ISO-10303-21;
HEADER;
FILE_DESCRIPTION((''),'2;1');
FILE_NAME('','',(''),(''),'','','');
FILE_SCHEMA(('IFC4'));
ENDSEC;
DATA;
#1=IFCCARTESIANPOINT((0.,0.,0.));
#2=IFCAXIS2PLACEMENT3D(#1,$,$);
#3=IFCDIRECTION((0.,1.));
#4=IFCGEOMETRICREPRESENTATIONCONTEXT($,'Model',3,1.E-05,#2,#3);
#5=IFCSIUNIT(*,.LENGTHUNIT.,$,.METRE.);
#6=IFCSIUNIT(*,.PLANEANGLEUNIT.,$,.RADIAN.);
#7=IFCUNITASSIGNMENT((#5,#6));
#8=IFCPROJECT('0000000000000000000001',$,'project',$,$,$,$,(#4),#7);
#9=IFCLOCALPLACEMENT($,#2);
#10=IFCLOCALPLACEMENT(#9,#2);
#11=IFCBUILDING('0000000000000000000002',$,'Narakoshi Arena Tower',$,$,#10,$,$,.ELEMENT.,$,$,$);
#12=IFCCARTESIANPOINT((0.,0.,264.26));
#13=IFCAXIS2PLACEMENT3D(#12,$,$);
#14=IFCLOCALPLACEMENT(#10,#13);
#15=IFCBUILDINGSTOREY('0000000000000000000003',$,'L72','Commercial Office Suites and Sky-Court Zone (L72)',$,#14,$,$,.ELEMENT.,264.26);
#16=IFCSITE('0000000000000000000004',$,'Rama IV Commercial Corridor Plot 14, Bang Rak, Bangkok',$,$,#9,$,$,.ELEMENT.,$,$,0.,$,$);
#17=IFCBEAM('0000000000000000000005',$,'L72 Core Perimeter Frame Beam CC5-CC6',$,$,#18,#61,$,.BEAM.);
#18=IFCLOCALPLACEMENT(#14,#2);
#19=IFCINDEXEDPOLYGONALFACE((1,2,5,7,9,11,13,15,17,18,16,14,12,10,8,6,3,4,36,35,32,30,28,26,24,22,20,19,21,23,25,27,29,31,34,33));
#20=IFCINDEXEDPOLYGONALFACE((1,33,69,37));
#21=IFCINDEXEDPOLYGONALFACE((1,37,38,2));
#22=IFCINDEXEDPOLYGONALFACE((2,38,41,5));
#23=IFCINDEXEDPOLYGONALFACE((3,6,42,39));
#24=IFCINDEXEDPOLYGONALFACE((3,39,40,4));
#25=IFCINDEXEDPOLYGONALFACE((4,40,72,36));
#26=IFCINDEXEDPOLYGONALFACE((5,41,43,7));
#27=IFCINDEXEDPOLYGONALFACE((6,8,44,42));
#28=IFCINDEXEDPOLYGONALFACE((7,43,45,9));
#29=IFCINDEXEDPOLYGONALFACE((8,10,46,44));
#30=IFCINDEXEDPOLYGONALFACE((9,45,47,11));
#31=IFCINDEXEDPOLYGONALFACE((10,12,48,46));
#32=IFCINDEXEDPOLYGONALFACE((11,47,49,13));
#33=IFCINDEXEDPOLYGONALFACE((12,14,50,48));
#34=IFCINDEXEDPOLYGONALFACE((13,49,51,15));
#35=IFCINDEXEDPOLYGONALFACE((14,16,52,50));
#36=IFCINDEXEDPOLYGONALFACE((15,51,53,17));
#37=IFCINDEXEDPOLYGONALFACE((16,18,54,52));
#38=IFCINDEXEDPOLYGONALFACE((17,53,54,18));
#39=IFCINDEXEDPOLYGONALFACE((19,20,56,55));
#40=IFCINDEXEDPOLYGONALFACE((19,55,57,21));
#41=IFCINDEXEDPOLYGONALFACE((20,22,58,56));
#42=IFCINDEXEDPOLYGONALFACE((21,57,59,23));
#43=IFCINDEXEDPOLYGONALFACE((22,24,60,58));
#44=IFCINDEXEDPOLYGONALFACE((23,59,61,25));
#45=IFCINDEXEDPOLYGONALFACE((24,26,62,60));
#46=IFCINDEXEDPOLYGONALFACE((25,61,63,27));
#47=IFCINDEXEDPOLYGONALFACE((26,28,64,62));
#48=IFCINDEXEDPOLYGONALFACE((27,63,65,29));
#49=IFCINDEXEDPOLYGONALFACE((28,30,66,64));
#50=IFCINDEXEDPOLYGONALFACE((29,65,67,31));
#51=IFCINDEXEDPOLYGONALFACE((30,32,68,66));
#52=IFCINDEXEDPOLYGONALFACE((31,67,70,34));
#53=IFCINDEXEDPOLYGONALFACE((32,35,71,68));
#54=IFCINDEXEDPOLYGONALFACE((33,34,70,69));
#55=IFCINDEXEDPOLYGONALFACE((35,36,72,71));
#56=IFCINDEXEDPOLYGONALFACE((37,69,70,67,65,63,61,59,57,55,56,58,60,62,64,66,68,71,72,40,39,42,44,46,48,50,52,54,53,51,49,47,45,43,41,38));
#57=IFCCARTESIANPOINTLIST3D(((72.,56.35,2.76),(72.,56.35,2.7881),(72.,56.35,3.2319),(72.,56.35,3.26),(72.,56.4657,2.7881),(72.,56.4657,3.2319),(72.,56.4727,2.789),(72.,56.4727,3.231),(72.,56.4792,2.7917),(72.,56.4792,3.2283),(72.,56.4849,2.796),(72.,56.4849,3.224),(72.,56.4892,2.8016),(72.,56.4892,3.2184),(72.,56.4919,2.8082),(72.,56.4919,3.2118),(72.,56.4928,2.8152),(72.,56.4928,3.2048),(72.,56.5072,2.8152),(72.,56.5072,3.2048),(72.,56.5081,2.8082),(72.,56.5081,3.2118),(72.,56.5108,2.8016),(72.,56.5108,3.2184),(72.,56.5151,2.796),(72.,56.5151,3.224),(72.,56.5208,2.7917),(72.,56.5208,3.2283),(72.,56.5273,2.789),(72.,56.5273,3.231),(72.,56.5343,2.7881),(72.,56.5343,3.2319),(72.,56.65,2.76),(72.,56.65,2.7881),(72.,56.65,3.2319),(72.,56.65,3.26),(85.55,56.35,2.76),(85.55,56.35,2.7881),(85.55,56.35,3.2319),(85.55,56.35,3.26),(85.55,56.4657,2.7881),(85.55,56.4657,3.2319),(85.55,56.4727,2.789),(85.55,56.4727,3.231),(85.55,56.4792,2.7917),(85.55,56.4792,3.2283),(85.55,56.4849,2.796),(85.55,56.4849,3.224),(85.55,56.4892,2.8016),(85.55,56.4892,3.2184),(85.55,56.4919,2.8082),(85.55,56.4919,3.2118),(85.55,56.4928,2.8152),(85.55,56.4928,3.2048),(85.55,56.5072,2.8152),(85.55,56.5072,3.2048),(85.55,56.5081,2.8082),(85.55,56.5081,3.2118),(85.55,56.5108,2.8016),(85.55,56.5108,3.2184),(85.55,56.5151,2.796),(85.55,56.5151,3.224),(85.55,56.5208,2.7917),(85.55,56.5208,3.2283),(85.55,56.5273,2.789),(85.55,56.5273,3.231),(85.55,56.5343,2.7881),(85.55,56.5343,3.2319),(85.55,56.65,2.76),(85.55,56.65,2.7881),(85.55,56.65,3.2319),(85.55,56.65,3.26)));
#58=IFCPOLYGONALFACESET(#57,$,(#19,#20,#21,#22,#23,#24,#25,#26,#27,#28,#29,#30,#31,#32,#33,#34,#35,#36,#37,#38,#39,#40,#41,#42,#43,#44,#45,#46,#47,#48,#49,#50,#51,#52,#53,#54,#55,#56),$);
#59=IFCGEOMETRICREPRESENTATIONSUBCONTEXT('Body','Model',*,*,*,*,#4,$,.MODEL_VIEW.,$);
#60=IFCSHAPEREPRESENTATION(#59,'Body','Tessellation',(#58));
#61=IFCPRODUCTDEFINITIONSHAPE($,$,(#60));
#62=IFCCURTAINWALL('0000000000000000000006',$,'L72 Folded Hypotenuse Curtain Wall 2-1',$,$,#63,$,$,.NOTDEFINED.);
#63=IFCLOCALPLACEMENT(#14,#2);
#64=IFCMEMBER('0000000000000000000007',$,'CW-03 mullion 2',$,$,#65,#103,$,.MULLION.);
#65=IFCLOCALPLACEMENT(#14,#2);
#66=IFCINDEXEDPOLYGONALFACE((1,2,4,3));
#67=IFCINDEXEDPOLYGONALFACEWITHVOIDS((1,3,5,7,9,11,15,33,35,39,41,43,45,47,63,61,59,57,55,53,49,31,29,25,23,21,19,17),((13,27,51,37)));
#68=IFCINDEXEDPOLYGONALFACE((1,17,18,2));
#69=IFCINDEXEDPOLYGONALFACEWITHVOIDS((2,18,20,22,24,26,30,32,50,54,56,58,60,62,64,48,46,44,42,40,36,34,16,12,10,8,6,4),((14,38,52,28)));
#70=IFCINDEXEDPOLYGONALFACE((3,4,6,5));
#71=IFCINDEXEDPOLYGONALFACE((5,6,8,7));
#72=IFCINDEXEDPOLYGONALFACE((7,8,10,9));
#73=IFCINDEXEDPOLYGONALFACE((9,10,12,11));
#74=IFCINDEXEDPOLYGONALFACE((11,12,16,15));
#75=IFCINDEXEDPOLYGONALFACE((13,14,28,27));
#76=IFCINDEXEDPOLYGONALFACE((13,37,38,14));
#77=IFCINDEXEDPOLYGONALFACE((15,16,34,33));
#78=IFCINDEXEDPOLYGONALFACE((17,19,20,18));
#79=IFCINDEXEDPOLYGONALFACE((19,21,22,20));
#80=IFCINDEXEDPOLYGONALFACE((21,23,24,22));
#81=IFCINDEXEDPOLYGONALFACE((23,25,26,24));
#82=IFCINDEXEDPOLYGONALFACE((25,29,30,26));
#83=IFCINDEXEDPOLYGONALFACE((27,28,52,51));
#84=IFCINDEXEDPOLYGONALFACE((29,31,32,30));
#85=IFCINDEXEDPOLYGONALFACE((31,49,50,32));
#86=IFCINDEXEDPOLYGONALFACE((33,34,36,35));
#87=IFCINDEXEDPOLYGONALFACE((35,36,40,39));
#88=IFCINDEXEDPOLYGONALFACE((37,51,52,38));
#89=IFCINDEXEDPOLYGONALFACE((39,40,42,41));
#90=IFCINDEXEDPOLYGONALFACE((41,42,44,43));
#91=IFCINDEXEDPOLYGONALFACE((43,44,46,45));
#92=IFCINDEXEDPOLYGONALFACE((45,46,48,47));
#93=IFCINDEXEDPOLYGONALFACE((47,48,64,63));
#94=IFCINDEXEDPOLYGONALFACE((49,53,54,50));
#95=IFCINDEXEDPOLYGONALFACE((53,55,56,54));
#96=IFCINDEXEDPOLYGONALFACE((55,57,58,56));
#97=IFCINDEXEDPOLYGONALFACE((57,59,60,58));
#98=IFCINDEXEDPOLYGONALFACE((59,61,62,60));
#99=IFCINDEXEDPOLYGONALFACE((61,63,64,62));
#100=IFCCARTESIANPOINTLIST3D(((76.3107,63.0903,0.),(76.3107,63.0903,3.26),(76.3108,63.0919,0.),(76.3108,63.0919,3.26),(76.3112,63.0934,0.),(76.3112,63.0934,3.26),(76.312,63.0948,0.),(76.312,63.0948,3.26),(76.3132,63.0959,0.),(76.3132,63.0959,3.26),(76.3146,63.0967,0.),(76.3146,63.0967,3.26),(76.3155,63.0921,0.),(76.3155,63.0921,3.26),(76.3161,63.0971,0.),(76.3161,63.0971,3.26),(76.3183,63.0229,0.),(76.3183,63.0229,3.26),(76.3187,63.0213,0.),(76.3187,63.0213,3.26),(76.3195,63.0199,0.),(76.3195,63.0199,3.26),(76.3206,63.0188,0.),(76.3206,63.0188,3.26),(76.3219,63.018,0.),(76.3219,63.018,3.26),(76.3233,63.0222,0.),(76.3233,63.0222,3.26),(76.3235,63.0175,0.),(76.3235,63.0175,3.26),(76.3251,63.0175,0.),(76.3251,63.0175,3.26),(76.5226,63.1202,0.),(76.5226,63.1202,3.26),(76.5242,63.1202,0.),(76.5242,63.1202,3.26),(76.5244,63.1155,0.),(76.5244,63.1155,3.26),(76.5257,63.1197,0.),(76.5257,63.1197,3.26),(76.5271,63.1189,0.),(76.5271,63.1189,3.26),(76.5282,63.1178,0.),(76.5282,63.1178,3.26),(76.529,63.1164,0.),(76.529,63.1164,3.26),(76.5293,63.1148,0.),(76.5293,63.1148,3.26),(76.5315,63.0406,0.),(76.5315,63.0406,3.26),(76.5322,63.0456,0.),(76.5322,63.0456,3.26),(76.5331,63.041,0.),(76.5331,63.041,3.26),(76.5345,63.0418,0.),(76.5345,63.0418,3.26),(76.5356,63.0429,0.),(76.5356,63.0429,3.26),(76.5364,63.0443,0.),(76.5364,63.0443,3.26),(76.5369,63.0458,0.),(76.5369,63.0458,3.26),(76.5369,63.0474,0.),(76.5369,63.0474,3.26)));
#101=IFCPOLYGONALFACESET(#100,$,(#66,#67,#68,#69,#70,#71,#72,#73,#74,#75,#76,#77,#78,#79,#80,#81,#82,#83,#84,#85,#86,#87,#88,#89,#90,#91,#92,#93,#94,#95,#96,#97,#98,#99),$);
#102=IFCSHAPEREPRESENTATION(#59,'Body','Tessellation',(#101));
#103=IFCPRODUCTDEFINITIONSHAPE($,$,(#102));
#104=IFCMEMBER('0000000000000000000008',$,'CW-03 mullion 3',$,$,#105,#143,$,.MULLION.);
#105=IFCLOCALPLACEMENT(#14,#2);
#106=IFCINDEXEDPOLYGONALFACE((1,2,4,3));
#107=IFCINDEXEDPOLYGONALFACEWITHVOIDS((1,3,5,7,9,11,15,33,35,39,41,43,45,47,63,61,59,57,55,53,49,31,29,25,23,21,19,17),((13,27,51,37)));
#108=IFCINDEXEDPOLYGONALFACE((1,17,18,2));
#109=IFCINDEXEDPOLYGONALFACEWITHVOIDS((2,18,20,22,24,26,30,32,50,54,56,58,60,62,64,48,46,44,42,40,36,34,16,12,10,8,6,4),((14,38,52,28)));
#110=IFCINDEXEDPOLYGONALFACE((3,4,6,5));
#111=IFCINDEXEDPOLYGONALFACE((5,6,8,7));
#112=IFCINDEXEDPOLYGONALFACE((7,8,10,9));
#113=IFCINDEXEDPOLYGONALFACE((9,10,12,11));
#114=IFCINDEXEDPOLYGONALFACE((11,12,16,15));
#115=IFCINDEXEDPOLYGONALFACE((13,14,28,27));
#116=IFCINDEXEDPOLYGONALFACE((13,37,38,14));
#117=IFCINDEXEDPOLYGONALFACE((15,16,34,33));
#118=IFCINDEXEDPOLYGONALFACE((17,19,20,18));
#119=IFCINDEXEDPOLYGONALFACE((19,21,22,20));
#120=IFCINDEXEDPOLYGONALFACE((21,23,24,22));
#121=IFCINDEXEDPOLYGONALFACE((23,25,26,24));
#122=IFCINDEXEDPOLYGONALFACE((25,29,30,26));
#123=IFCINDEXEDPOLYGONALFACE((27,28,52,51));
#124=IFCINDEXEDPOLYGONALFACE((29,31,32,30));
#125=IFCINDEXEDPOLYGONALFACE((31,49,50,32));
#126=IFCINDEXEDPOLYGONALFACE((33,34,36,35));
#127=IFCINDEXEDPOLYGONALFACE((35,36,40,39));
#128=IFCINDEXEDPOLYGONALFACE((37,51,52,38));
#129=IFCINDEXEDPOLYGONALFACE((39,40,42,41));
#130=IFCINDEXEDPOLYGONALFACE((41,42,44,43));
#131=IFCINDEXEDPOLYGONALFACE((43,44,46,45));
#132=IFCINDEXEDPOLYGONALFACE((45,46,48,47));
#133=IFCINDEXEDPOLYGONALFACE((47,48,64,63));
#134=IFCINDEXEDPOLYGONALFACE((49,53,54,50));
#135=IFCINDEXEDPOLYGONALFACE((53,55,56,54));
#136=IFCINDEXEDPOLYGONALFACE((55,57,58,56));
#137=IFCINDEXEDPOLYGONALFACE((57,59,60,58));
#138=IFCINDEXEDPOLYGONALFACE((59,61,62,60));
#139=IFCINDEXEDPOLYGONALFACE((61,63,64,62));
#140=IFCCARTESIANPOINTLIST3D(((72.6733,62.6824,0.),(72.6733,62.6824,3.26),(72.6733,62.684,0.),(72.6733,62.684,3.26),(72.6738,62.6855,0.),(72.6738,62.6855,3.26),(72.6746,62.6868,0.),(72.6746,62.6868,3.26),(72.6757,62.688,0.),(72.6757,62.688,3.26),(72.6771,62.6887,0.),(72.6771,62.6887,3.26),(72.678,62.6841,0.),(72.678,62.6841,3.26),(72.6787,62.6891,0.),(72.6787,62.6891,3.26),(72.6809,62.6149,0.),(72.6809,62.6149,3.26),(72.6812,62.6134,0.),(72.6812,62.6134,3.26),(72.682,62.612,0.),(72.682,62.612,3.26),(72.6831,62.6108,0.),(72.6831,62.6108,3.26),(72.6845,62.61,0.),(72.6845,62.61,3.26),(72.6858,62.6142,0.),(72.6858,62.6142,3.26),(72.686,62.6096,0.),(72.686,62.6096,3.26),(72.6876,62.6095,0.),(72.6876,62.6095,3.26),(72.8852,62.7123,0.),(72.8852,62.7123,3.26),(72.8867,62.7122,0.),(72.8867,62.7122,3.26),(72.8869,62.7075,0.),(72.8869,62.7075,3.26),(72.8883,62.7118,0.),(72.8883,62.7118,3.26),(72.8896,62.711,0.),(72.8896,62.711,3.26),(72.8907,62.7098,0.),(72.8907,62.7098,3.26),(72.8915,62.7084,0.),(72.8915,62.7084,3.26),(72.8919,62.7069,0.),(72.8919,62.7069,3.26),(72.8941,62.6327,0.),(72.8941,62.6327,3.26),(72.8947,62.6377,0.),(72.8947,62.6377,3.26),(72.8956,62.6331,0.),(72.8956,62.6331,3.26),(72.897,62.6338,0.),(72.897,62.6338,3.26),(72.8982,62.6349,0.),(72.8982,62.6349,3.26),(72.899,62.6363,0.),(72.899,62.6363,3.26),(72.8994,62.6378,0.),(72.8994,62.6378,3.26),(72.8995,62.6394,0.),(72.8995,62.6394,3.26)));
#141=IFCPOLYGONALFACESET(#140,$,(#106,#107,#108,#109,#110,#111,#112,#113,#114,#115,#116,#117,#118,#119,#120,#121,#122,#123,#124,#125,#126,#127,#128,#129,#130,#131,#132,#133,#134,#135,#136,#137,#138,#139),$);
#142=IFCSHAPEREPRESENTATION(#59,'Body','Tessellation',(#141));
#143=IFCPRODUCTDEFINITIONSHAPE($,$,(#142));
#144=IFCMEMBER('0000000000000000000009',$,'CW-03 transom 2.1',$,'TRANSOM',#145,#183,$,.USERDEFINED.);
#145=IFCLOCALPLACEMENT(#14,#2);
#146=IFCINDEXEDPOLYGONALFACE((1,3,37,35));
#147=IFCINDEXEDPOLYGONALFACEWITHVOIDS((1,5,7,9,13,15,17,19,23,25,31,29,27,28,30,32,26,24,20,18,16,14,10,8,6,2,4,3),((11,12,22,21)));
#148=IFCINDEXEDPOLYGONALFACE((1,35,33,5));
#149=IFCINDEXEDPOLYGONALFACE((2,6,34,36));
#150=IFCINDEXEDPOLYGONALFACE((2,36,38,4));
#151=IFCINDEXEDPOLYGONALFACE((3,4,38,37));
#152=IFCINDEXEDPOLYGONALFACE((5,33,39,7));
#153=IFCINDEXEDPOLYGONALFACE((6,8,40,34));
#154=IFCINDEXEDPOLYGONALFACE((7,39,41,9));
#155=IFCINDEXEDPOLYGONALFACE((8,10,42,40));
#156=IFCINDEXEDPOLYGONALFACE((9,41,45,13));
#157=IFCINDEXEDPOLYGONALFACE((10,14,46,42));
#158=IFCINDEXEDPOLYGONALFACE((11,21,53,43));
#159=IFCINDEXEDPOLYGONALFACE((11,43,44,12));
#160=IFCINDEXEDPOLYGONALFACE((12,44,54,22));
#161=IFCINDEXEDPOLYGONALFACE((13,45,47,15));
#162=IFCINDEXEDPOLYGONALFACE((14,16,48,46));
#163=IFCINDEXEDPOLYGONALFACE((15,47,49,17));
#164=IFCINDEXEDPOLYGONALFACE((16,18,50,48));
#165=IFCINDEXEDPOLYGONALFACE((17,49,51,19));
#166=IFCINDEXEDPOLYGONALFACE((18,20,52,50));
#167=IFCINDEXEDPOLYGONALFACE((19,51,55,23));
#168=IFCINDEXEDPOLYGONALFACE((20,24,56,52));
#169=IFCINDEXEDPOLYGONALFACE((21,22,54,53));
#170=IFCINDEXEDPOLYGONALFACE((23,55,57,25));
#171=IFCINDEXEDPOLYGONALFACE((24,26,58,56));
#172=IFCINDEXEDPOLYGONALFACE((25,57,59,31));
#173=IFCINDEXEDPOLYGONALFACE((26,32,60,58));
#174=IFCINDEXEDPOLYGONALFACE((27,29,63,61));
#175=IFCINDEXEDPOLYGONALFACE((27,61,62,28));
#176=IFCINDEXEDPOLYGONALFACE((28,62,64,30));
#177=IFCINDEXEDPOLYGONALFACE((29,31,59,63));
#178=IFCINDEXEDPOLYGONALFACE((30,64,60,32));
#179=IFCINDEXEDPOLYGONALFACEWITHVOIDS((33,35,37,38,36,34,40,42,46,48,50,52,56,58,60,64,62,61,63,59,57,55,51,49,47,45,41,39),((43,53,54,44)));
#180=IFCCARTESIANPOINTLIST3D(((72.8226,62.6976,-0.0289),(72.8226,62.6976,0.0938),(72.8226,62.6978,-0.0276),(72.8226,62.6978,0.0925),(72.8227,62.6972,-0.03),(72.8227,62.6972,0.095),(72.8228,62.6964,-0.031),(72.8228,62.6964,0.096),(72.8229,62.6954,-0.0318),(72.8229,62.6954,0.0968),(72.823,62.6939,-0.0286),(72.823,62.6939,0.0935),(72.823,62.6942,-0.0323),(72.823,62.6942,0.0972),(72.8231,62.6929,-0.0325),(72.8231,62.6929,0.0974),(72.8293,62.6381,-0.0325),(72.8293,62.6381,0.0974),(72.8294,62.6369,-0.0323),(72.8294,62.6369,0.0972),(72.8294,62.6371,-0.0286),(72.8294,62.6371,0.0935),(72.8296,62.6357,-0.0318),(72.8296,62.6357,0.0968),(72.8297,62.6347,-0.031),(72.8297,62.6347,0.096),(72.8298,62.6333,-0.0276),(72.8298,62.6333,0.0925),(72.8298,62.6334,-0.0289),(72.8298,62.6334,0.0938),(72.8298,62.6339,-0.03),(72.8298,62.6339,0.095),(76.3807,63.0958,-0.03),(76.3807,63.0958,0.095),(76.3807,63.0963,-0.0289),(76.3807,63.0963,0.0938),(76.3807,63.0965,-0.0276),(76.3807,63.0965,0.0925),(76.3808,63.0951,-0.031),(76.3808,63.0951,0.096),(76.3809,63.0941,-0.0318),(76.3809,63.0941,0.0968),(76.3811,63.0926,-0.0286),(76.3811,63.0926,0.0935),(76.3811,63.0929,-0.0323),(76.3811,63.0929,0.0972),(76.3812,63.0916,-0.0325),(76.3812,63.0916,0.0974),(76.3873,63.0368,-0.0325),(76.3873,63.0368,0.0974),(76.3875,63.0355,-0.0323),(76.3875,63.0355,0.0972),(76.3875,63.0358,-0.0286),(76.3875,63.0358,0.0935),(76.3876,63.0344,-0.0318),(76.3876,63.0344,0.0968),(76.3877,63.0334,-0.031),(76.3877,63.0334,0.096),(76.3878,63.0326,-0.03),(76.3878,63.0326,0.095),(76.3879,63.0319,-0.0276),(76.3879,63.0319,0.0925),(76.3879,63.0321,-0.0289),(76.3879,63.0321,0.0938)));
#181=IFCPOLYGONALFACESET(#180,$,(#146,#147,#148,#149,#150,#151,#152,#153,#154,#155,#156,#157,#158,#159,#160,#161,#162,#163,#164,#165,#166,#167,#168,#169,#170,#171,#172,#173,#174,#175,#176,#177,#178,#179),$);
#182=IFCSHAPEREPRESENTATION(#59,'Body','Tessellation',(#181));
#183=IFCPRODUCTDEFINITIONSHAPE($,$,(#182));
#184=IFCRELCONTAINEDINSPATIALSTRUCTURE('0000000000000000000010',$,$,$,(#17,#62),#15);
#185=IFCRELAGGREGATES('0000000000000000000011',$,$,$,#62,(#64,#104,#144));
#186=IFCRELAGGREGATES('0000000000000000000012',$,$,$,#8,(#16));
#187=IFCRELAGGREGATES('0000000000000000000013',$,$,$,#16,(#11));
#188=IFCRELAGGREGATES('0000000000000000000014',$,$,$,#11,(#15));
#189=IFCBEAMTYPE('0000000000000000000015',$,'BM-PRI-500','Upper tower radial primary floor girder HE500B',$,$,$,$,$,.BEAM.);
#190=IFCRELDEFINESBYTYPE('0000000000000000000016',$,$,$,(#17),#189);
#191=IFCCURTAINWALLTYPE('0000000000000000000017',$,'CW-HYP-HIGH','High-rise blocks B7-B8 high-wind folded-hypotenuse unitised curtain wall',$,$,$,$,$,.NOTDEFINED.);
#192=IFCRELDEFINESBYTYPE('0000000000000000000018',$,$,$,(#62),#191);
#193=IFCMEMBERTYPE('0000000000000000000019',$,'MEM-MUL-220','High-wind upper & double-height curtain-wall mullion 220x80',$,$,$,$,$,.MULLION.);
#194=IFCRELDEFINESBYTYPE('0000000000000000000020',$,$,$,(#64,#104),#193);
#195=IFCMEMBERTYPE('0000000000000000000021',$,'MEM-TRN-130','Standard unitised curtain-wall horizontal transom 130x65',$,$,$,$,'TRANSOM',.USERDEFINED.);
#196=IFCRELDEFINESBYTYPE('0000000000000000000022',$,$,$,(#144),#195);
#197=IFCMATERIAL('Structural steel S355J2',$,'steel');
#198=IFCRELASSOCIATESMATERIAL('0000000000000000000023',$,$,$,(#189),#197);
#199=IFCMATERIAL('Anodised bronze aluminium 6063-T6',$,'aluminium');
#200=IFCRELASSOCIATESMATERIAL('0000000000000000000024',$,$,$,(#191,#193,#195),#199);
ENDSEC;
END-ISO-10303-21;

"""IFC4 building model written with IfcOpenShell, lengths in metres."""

from ifc_helpers import new_model, si_unit, direction, frame, origin, origin_2d, place, context, subcontext, project, spatial, hollow_rectangle, i_section, extrude, material, material_profile, profile_set, type_object, element, aggregate, save


model = new_model("IFC4")

# Units and contexts
model_context = context("Model", 3, precision=1e-05, world=origin(), true_north=direction((0.0, 1.0)))
body_context = subcontext(model_context, "Body", "Model", "MODEL_VIEW")
ifc_project = project(units=[si_unit("LENGTHUNIT", "METRE"), si_unit("PLANEANGLEUNIT", "RADIAN")], contexts=[model_context])

# Site, building, storey
site_placement = place(None, origin())
site = spatial("IfcSite", under=ifc_project, at=site_placement, Name="Rama IV Commercial Corridor Plot 14, Bang Rak, Bangkok", CompositionType="ELEMENT", RefElevation=0.0)
building_placement = place(site_placement, origin())
building = spatial("IfcBuilding", under=site, at=building_placement, Name="Narakoshi Arena Tower", CompositionType="ELEMENT")
storey_placement = place(building_placement, frame((0.0, 0.0, 264.26)))
storey = spatial("IfcBuildingStorey", under=building, at=storey_placement, Name="L72", Description="Commercial Office Suites and Sky-Court Zone (L72)", CompositionType="ELEMENT", Elevation=264.26)

# Beam
ifc_material_1 = material(Name="Structural steel S355J2", Category="steel")
ifc_material_profile_1 = material_profile(ifc_material_1, i_section(OverallWidth=0.3, OverallDepth=0.5, WebThickness=0.0144, FlangeThickness=0.0281, FilletRadius=0.0271, at=origin_2d()), Name="HE500B")
ifc_profile_set_1 = profile_set([ifc_material_profile_1], Name="Structural steel S355J2")
beam_type = type_object("IfcBeamType", Name="BM-PRI-500", Description="Upper tower radial primary floor girder HE500B", PredefinedType="BEAM", material=ifc_profile_set_1)
beam_placement = place(storey_placement, frame((72.0, 56.5, 3.01), z_axis=(1.0, 0.0, 0.0), x_axis=(0.0, 1.0, 0.0)))
element("IfcBeam", 1, at=beam_placement, inside=storey, type_object=beam_type, Name="L72 Core Perimeter Frame Beam CC5-CC6", PredefinedType="BEAM", context=body_context, shape_type="SweptSolid", body=[
    extrude(i_section(OverallWidth=0.3, OverallDepth=0.5, WebThickness=0.0144, FlangeThickness=0.0281, FilletRadius=0.0271, at=origin_2d()), origin(), (0.0, 0.0, 1.0), 13.55),
])

# Curtain wall, members
ifc_material_2 = material(Name="Anodised bronze aluminium 6063-T6", Category="aluminium")
curtain_wall_type = type_object("IfcCurtainWallType", Name="CW-HYP-HIGH", Description="High-rise blocks B7-B8 high-wind folded-hypotenuse unitised curtain wall", PredefinedType="NOTDEFINED", material=ifc_material_2)
curtain_wall_placement = place(storey_placement, origin())
curtain_wall = element("IfcCurtainWall", 2, at=curtain_wall_placement, inside=storey, type_object=curtain_wall_type, Name="L72 Folded Hypotenuse Curtain Wall 2-1", PredefinedType="NOTDEFINED")
ifc_material_profile_2 = material_profile(ifc_material_2, hollow_rectangle(XDim=0.0801, YDim=0.22, WallThickness=0.0049, OuterFilletRadius=0.0061, at=origin_2d()), Name="MUL220x80x5")
ifc_profile_set_2 = profile_set([ifc_material_profile_2], Name="Anodised bronze aluminium 6063-T6")
member_type_1 = type_object("IfcMemberType", Name="MEM-MUL-220", Description="High-wind upper & double-height curtain-wall mullion 220x80", PredefinedType="MULLION", material=ifc_profile_set_2)
member_1_placement = place(storey_placement, frame((76.4238, 63.0688, 0.0), z_axis=(0.0, 0.0, 1.0), x_axis=(0.111396, -0.993776, 0.0)))
member_1 = element("IfcMember", 3, at=member_1_placement, type_object=member_type_1, Name="CW-03 mullion 2", PredefinedType="MULLION", context=body_context, shape_type="SweptSolid", body=[
    extrude(hollow_rectangle(XDim=0.0801, YDim=0.22, WallThickness=0.0049, OuterFilletRadius=0.0061, at=origin_2d()), origin(), (0.0, 0.0, 1.0), 3.26),
])
member_2_placement = place(storey_placement, frame((72.7864, 62.6609, 0.0), z_axis=(0.0, 0.0, 1.0), x_axis=(0.111396, -0.993776, 0.0)))
member_2 = element("IfcMember", 4, at=member_2_placement, type_object=member_type_1, Name="CW-03 mullion 3", PredefinedType="MULLION", context=body_context, shape_type="SweptSolid", body=[
    extrude(hollow_rectangle(XDim=0.0801, YDim=0.22, WallThickness=0.0049, OuterFilletRadius=0.0061, at=origin_2d()), origin(), (0.0, 0.0, 1.0), 3.26),
])
ifc_material_profile_3 = material_profile(ifc_material_2, hollow_rectangle(XDim=0.0649, YDim=0.1299, WallThickness=0.0039, OuterFilletRadius=0.0049, at=origin_2d()), Name="TRN130x65x4")
ifc_profile_set_3 = profile_set([ifc_material_profile_3], Name="Anodised bronze aluminium 6063-T6")
member_type_2 = type_object("IfcMemberType", Name="MEM-TRN-130", Description="Standard unitised curtain-wall horizontal transom 130x65", ElementType="TRANSOM", PredefinedType="USERDEFINED", material=ifc_profile_set_3)
member_3_placement = place(storey_placement, frame((76.3843, 63.0642, 0.0325), z_axis=(-0.993781, -0.111352, 0.0), x_axis=(0.111352, -0.993781, 0.0)))
member_3 = element("IfcMember", 5, at=member_3_placement, type_object=member_type_2, Name="CW-03 transom 2.1", ObjectType="TRANSOM", PredefinedType="USERDEFINED", context=body_context, shape_type="SweptSolid", body=[
    extrude(hollow_rectangle(XDim=0.0649, YDim=0.1299, WallThickness=0.0039, OuterFilletRadius=0.0049, at=origin_2d()), origin(), (0.0, 0.0, 1.0), 3.5803),
])
aggregate(curtain_wall, [member_1, member_2, member_3])

save(model, "model.ifc")
